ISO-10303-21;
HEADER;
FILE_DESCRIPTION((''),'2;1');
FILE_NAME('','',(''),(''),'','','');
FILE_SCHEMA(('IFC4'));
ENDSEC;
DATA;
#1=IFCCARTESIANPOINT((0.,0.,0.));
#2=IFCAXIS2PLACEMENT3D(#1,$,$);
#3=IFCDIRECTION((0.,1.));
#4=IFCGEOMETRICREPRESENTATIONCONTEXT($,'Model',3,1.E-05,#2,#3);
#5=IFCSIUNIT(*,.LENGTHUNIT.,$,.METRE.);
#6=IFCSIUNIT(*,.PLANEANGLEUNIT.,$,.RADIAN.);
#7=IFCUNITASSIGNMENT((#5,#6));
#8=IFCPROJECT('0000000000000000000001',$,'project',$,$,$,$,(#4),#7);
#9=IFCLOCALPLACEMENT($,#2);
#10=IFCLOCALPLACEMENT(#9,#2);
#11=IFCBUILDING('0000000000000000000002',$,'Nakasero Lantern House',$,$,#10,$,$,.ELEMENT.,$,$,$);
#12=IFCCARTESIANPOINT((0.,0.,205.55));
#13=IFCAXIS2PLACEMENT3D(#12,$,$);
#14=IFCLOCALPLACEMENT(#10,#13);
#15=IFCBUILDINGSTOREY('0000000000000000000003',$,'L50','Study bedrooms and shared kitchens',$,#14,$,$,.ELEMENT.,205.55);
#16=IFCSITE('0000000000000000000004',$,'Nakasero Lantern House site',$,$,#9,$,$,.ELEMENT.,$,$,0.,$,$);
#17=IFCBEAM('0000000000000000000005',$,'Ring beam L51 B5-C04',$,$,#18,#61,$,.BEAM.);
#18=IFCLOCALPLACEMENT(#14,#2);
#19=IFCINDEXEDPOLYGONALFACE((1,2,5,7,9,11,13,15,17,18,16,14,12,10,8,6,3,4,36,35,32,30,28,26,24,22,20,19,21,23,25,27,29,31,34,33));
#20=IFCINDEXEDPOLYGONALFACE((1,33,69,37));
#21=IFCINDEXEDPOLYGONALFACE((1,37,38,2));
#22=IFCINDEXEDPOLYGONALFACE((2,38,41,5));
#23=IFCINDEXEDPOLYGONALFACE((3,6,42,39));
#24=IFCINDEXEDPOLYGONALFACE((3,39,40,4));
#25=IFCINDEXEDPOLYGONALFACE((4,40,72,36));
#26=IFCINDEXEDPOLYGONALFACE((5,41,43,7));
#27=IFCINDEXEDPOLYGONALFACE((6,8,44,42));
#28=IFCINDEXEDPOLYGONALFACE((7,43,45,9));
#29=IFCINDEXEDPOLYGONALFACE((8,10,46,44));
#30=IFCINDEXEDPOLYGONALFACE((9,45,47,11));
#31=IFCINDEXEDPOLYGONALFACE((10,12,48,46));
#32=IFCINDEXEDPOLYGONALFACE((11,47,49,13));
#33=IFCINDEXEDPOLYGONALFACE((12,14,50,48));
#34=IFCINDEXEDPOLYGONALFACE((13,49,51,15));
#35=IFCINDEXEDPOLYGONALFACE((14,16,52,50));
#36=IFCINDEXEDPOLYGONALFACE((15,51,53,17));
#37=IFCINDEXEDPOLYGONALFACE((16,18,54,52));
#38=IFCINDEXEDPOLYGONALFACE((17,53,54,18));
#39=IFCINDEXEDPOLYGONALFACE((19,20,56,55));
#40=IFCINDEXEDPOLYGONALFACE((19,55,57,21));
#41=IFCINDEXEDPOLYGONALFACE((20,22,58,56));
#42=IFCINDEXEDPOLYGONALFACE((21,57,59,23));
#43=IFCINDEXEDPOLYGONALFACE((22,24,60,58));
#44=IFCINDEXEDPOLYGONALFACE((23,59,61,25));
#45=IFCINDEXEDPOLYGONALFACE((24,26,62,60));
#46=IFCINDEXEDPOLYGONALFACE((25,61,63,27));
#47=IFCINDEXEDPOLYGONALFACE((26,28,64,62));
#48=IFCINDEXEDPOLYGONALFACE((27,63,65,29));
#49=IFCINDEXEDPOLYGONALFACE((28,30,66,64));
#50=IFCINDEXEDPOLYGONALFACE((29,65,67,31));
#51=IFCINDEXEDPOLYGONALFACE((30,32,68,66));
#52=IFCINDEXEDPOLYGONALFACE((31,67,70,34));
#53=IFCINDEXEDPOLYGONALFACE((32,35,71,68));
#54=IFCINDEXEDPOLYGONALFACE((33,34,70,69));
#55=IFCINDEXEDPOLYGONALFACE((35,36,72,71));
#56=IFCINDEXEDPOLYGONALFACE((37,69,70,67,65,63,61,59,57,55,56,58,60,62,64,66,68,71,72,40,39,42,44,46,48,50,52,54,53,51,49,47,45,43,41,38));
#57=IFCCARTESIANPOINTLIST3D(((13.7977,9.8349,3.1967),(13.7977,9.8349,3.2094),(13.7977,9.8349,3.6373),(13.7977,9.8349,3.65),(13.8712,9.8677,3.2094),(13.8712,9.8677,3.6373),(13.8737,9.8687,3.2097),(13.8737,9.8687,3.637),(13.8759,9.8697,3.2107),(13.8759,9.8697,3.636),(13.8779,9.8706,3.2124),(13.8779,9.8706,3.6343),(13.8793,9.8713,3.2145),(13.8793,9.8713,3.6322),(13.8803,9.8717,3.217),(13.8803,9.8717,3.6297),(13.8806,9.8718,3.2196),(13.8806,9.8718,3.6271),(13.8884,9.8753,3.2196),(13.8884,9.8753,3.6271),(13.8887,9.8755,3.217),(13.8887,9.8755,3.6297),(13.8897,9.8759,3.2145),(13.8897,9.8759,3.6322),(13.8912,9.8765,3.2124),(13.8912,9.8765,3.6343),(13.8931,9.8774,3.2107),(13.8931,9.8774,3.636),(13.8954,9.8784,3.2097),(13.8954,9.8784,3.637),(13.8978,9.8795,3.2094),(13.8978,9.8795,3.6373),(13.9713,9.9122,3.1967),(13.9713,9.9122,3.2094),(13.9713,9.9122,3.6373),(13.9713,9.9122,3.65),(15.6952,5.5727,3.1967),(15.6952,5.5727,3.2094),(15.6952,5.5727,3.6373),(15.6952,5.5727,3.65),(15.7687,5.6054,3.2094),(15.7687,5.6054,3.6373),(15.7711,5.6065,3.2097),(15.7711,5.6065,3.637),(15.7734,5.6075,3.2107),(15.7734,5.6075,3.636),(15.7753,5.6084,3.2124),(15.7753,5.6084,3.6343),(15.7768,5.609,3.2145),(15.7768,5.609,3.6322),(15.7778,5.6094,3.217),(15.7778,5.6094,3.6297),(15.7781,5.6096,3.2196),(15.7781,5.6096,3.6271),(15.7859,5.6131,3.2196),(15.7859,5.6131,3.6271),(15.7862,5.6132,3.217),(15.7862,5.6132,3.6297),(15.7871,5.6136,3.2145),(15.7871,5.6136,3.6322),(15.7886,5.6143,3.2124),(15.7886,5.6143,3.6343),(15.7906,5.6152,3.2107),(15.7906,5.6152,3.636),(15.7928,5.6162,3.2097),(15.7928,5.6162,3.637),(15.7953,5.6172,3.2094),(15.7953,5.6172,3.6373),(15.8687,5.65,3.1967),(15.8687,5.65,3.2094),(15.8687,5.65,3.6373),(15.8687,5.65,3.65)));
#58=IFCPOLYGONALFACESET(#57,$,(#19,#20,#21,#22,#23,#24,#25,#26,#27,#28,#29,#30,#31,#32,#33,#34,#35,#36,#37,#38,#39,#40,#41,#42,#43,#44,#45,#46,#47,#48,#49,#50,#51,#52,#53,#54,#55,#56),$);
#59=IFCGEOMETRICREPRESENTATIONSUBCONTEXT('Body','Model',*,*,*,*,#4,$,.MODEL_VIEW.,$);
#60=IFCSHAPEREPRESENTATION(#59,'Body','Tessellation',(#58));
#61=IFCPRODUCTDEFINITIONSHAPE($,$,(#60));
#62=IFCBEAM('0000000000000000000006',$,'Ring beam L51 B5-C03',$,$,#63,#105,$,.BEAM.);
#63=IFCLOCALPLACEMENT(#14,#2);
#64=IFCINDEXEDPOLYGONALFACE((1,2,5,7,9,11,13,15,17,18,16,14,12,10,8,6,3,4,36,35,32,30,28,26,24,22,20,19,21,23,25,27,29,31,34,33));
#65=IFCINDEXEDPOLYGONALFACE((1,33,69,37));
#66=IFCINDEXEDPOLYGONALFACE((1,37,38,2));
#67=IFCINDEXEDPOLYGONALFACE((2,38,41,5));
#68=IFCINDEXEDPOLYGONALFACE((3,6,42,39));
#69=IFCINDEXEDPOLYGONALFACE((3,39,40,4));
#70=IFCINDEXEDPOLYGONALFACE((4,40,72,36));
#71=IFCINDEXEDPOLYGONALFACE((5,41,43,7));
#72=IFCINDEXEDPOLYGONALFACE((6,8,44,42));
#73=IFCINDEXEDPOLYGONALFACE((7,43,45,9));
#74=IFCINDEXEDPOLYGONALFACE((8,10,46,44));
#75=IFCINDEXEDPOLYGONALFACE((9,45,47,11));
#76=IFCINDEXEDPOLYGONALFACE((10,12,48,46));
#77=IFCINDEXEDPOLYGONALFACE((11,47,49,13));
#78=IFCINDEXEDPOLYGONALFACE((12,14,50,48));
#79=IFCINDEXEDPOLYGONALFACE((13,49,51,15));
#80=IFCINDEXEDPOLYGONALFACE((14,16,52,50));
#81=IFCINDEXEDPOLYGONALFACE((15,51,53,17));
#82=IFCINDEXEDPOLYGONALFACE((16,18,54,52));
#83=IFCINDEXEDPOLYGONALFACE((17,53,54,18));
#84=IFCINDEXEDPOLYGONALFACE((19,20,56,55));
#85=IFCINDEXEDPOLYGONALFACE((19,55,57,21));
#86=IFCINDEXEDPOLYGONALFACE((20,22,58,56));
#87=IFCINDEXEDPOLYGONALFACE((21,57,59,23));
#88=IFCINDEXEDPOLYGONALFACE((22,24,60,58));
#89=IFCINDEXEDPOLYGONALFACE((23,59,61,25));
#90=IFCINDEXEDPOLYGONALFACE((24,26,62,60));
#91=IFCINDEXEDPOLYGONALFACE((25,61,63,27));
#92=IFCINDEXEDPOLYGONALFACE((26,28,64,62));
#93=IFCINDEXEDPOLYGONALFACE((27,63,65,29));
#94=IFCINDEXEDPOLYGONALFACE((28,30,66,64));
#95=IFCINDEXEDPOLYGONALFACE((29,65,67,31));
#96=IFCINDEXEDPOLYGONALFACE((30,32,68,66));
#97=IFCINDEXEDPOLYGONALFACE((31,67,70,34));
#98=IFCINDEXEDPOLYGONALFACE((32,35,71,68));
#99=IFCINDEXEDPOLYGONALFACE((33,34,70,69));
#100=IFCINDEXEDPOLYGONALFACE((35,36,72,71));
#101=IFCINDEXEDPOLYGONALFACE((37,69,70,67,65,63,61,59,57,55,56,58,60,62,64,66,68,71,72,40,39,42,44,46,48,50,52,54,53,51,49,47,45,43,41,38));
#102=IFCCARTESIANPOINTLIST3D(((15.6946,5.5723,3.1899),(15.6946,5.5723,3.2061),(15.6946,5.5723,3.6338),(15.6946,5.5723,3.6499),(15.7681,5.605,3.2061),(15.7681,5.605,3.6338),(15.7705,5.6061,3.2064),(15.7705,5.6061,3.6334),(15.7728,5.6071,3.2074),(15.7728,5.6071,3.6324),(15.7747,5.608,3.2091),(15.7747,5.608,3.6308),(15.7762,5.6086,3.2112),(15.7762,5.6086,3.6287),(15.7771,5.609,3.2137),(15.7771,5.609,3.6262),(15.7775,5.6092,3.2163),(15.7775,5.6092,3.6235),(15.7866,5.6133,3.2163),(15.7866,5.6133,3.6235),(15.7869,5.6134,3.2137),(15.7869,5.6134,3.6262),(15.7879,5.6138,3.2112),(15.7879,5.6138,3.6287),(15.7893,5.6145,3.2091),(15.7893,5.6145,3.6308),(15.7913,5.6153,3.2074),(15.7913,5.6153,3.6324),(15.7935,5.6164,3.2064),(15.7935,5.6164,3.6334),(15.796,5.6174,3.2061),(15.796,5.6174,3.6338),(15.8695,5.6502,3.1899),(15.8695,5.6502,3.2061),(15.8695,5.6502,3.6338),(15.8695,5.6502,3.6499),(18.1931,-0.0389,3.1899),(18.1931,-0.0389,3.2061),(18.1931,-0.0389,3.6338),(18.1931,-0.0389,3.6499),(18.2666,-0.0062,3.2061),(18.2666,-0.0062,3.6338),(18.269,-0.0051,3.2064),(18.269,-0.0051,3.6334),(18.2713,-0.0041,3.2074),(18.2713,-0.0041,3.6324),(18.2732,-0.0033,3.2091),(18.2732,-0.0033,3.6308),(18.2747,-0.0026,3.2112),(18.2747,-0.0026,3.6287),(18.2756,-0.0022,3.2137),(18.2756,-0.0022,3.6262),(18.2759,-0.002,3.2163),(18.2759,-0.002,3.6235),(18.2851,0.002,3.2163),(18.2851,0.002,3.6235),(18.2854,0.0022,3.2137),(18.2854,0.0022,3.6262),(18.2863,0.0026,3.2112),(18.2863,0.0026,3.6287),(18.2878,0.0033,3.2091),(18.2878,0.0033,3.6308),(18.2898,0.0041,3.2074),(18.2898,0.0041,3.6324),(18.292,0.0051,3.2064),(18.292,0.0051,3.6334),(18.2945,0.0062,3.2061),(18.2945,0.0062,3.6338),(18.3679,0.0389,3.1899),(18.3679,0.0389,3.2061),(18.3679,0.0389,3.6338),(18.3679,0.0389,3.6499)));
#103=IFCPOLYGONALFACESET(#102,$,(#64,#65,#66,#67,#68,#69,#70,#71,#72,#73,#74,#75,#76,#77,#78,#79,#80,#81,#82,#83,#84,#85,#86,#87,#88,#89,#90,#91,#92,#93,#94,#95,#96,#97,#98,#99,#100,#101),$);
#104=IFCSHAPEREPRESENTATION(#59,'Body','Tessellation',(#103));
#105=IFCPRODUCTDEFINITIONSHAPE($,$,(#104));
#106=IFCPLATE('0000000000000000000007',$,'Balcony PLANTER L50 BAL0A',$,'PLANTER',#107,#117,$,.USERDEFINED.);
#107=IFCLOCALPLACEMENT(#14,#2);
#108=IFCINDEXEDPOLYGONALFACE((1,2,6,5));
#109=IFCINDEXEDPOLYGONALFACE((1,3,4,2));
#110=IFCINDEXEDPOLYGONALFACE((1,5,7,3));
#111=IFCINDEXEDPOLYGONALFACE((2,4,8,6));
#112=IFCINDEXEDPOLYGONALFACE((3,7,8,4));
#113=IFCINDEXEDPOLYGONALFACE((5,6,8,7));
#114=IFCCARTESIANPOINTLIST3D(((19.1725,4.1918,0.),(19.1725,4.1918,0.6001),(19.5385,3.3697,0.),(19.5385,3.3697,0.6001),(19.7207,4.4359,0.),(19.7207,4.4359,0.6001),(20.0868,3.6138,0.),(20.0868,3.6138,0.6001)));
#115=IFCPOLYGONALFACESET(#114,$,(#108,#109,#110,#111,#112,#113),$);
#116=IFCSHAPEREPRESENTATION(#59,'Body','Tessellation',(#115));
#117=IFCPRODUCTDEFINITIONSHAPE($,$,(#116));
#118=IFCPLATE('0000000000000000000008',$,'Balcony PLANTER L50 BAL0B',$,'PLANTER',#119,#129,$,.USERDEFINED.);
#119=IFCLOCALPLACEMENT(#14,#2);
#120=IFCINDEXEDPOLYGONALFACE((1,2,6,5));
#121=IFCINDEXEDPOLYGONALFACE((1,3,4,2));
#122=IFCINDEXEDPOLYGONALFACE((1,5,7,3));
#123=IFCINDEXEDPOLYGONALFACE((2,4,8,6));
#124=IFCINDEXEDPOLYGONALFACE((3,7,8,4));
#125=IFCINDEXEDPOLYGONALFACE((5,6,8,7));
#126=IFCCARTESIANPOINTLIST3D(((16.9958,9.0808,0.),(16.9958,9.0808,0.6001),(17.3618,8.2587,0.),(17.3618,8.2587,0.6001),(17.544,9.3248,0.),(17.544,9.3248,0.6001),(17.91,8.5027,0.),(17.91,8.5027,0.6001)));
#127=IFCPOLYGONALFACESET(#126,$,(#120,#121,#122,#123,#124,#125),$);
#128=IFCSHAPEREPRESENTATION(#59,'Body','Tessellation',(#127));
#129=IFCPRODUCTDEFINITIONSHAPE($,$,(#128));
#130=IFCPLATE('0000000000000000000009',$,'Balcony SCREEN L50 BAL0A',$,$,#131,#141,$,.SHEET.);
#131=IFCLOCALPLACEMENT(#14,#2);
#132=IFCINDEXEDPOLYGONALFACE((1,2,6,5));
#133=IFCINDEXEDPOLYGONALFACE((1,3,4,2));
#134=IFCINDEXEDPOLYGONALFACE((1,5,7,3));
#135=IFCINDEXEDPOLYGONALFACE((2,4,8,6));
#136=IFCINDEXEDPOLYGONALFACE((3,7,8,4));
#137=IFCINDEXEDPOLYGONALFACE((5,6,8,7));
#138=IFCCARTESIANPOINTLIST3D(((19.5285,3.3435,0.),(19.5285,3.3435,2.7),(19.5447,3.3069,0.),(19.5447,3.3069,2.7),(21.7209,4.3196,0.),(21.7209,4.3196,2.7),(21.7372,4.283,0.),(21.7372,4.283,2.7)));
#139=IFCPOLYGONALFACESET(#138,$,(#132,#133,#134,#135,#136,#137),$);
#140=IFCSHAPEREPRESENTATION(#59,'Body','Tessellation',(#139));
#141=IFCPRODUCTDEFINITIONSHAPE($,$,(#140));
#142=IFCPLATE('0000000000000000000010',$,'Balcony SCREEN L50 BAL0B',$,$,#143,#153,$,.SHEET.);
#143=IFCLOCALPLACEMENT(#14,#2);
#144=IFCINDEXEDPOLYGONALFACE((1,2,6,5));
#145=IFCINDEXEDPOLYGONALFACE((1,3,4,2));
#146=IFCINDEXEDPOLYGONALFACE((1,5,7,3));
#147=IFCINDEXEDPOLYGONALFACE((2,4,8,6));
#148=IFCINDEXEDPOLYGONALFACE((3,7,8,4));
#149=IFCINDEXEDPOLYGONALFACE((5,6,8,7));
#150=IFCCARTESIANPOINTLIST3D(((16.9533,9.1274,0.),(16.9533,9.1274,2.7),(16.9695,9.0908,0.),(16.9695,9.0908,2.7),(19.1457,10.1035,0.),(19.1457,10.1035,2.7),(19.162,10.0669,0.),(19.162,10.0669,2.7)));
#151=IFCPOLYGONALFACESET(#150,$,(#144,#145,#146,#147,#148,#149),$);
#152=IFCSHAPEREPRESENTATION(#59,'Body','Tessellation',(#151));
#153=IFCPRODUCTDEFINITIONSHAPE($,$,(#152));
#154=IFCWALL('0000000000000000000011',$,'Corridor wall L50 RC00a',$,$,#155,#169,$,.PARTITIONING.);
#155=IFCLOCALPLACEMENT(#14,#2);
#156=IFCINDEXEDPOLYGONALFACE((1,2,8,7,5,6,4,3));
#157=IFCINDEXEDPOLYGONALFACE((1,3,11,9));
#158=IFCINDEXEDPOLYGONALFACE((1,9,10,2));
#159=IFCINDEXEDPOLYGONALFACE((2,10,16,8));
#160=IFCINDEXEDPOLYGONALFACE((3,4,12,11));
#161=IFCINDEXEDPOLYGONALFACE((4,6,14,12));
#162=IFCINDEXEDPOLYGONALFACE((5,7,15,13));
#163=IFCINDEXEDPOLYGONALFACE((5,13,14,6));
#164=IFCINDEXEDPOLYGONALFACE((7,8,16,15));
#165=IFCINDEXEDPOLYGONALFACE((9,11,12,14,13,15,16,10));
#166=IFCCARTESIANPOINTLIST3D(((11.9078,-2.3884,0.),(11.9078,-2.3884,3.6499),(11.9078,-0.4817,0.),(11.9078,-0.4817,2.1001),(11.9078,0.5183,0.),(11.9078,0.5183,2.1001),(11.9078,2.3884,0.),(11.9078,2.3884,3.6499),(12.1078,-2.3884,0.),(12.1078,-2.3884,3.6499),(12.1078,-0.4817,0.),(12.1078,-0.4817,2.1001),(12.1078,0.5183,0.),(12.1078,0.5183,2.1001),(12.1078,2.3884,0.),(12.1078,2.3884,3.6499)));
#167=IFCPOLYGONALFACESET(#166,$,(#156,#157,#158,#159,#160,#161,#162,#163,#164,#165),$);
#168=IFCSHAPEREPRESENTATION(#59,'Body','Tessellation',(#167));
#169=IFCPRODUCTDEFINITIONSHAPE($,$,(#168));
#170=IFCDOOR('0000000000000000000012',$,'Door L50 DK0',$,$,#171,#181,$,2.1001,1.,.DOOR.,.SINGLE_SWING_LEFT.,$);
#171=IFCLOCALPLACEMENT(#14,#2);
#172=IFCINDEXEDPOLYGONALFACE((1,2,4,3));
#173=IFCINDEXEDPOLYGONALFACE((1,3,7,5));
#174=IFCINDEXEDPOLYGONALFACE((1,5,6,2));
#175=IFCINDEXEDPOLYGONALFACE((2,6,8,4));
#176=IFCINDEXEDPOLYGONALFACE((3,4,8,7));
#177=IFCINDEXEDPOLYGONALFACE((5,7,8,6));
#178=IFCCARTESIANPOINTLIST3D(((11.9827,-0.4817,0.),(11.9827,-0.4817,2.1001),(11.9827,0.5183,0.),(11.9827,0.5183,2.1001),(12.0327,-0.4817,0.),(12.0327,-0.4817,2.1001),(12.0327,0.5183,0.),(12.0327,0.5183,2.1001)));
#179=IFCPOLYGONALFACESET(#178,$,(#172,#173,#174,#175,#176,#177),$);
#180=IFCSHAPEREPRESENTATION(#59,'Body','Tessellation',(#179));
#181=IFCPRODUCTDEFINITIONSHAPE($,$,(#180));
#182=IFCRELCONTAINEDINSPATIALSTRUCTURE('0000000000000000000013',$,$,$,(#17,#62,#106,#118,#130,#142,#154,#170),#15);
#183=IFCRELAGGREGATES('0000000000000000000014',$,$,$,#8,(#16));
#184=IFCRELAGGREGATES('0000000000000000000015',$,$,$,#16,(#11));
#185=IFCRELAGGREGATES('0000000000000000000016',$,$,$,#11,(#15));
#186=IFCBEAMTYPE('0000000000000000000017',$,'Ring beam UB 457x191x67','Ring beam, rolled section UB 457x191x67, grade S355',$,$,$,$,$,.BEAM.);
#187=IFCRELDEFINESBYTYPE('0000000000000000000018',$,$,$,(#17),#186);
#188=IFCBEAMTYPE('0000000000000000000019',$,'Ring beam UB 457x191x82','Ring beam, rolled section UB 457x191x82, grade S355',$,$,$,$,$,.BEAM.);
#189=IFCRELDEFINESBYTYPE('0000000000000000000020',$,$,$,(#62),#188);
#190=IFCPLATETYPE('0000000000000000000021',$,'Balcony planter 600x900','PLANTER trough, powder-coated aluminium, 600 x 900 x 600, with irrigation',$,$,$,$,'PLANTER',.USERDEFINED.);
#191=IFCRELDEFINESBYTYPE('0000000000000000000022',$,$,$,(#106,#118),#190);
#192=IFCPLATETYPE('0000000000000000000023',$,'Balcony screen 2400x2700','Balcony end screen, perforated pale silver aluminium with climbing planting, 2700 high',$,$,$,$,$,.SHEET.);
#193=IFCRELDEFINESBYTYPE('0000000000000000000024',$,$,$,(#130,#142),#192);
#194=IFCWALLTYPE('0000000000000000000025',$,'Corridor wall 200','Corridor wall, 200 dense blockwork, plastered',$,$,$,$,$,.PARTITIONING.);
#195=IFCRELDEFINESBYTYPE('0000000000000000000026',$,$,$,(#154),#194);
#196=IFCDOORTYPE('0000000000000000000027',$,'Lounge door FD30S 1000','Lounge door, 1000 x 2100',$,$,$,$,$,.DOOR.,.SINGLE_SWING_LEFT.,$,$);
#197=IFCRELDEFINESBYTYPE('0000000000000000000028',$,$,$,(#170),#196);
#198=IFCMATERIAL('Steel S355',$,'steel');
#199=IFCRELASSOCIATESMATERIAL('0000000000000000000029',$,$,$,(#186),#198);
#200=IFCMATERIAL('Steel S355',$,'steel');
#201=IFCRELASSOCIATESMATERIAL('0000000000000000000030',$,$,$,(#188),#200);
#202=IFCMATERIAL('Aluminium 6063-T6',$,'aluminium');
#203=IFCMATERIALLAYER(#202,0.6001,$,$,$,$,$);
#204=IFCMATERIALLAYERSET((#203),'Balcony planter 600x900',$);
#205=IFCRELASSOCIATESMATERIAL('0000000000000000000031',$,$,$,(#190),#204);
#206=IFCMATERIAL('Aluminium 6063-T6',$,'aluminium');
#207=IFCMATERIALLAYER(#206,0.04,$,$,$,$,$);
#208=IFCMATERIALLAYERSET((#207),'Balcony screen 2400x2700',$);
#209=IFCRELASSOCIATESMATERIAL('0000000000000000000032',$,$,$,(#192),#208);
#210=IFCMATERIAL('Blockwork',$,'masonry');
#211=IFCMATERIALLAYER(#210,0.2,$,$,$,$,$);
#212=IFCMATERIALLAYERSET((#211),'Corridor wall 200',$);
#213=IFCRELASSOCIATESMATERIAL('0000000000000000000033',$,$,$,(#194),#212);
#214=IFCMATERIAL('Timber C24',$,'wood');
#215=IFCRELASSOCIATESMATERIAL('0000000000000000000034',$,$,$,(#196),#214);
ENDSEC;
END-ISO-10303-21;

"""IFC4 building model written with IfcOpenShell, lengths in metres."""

from ifc_helpers import new_model, si_unit, direction, frame, frame_2d, origin, origin_2d, place, context, subcontext, project, spatial, rectangle, i_section, extrude, material, layer, layer_set, material_profile, profile_set, type_object, element, fill, save


model = new_model("IFC4")

# Units and contexts
model_context = context("Model", 3, precision=1e-05, world=origin(), true_north=direction((0.0, 1.0)))
body_context = subcontext(model_context, "Body", "Model", "MODEL_VIEW")
ifc_project = project(units=[si_unit("LENGTHUNIT", "METRE"), si_unit("PLANEANGLEUNIT", "RADIAN")], contexts=[model_context])

# Site, building, storey
site_placement = place(None, origin())
site = spatial("IfcSite", under=ifc_project, at=site_placement, Name="Nakasero Lantern House site", CompositionType="ELEMENT", RefElevation=0.0)
building_placement = place(site_placement, origin())
building = spatial("IfcBuilding", under=site, at=building_placement, Name="Nakasero Lantern House", CompositionType="ELEMENT")
storey_placement = place(building_placement, frame((0.0, 0.0, 205.55)))
storey = spatial("IfcBuildingStorey", under=building, at=storey_placement, Name="L50", Description="Study bedrooms and shared kitchens", CompositionType="ELEMENT", Elevation=205.55)

# Beams
ifc_material_1 = material(Name="Steel S355", Category="steel")
ifc_material_profile_1 = material_profile(ifc_material_1, i_section(OverallWidth=0.1899, OverallDepth=0.4534, WebThickness=0.0085, FlangeThickness=0.0127, FilletRadius=0.0103, at=origin_2d()), Name="UB 457x191x67")
ifc_profile_set_1 = profile_set([ifc_material_profile_1], Name="Steel S355")
beam_type_1 = type_object("IfcBeamType", Name="Ring beam UB 457x191x67", Description="Ring beam, rolled section UB 457x191x67, grade S355", PredefinedType="BEAM", material=ifc_profile_set_1)
beam_1_placement = place(storey_placement, frame((15.782, 5.6113, 3.4233), z_axis=(-0.406702, 0.913561, 0.0), x_axis=(-0.913561, -0.406702, 0.0)))
element("IfcBeam", 1, at=beam_1_placement, inside=storey, type_object=beam_type_1, Name="Ring beam L51 B5-C04", PredefinedType="BEAM", context=body_context, shape_type="SweptSolid", body=[
    extrude(i_section(OverallWidth=0.1899, OverallDepth=0.4534, WebThickness=0.0085, FlangeThickness=0.0127, FilletRadius=0.0103, at=origin_2d()), origin(), (0.0, 0.0, 1.0), 4.6655),
])
ifc_material_2 = material(Name="Steel S355", Category="steel")
ifc_material_profile_2 = material_profile(ifc_material_2, i_section(OverallWidth=0.1914, OverallDepth=0.46, WebThickness=0.01, FlangeThickness=0.0161, FilletRadius=0.0103, at=origin_2d()), Name="UB 457x191x82")
ifc_profile_set_2 = profile_set([ifc_material_profile_2], Name="Steel S355")
beam_type_2 = type_object("IfcBeamType", Name="Ring beam UB 457x191x82", Description="Ring beam, rolled section UB 457x191x82, grade S355", PredefinedType="BEAM", material=ifc_profile_set_2)
beam_2_placement = place(storey_placement, frame((18.2805, 0.0, 3.4199), z_axis=(-0.406765, 0.913533, 0.0), x_axis=(-0.913533, -0.406765, 0.0)))
element("IfcBeam", 2, at=beam_2_placement, inside=storey, type_object=beam_type_2, Name="Ring beam L51 B5-C03", PredefinedType="BEAM", context=body_context, shape_type="SweptSolid", body=[
    extrude(i_section(OverallWidth=0.1914, OverallDepth=0.46, WebThickness=0.01, FlangeThickness=0.0161, FilletRadius=0.0103, at=origin_2d()), origin(), (0.0, 0.0, 1.0), 6.1423),
])

# Plates
ifc_material_3 = material(Name="Aluminium 6063-T6", Category="aluminium")
ifc_layer_1 = layer(ifc_material_3, 0.6001)
ifc_layer_set_1 = layer_set([ifc_layer_1], Name="Balcony planter 600x900")
plate_type_1 = type_object("IfcPlateType", Name="Balcony planter 600x900", Description="PLANTER trough, powder-coated aluminium, 600 x 900 x 600, with irrigation", ElementType="PLANTER", PredefinedType="USERDEFINED", material=ifc_layer_set_1)
for number, where, z_axis, x_axis, name in (
    (3, (19.6296, 3.9028, 0.0), (0.0, 0.0, 1.0), (0.913545, 0.406737, 0.0), "Balcony PLANTER L50 BAL0A"),
    (4, (17.4529, 8.7917, 0.0), (0.0, 0.0, 1.0), (0.913545, 0.406737, 0.0), "Balcony PLANTER L50 BAL0B"),
):
    element("IfcPlate", number, at=place(storey_placement, frame(where, z_axis=z_axis, x_axis=x_axis)), inside=storey, type_object=plate_type_1, Name=name, ObjectType="PLANTER", PredefinedType="USERDEFINED", context=body_context, shape_type="SweptSolid", body=[
        extrude(rectangle(XDim=0.6001, YDim=0.8999, at=origin_2d()), origin(), (0.0, 0.0, 1.0), 0.6001),
    ])
ifc_material_4 = material(Name="Aluminium 6063-T6", Category="aluminium")
ifc_layer_2 = layer(ifc_material_4, 0.04)
ifc_layer_set_2 = layer_set([ifc_layer_2], Name="Balcony screen 2400x2700")
plate_type_2 = type_object("IfcPlateType", Name="Balcony screen 2400x2700", Description="Balcony end screen, perforated pale silver aluminium with climbing planting, 2700 high", PredefinedType="SHEET", material=ifc_layer_set_2)
for number, where, z_axis, x_axis, name in (
    (5, (20.6328, 3.8132, 0.0), (0.0, 0.0, 1.0), (0.913545, 0.406737, 0.0), "Balcony SCREEN L50 BAL0A"),
    (6, (18.0576, 9.5972, 0.0), (0.0, 0.0, 1.0), (0.913545, 0.406737, 0.0), "Balcony SCREEN L50 BAL0B"),
):
    element("IfcPlate", number, at=place(storey_placement, frame(where, z_axis=z_axis, x_axis=x_axis)), inside=storey, type_object=plate_type_2, Name=name, PredefinedType="SHEET", context=body_context, shape_type="SweptSolid", body=[
        extrude(rectangle(XDim=2.3999, YDim=0.04, at=origin_2d()), origin(), (0.0, 0.0, 1.0), 2.7),
    ])

# Wall, opening, door
ifc_material_5 = material(Name="Blockwork", Category="masonry")
ifc_layer_3 = layer(ifc_material_5, 0.2)
ifc_layer_set_3 = layer_set([ifc_layer_3], Name="Corridor wall 200")
wall_type_1 = type_object("IfcWallType", Name="Corridor wall 200", Description="Corridor wall, 200 dense blockwork, plastered", PredefinedType="PARTITIONING", material=ifc_layer_set_3)
wall_1_placement = place(storey_placement, frame((12.0078, 2.3884, 0.0), z_axis=(0.0, 0.0, 1.0), x_axis=(0.0, -1.0, 0.0)))
wall_1 = element("IfcWall", 7, at=wall_1_placement, inside=storey, type_object=wall_type_1, Name="Corridor wall L50 RC00a", PredefinedType="PARTITIONING", context=body_context, shape_type="SweptSolid", body=[
    extrude(rectangle(XDim=4.7769, YDim=0.2, at=frame_2d((2.3884, 0.0))), origin(), (0.0, 0.0, 1.0), 3.6499),
])
opening_1_placement = place(wall_1_placement, frame((1.8701, 0.0, 0.0)))
opening_1 = element("IfcOpeningElement", 8, at=opening_1_placement, cuts=wall_1, PredefinedType="OPENING", context=body_context, shape_type="SweptSolid", body=[
    extrude(rectangle(XDim=1.0, YDim=2.1001, at=frame_2d((0.5, 1.05))), frame((0.0, 0.1199, 0.0), z_axis=(0.0, -1.0, 0.0), x_axis=(1.0, 0.0, 0.0)), (0.0, 0.0, 1.0), 0.24),
])
ifc_material_6 = material(Name="Timber C24", Category="wood")
door_type_1 = type_object("IfcDoorType", Name="Lounge door FD30S 1000", Description="Lounge door, 1000 x 2100", OperationType="SINGLE_SWING_LEFT", PredefinedType="DOOR", material=ifc_material_6)
door_1_placement = place(opening_1_placement, origin())
door_1 = element("IfcDoor", 9, at=door_1_placement, inside=storey, type_object=door_type_1, Name="Door L50 DK0", OperationType="SINGLE_SWING_LEFT", OverallHeight=2.1001, OverallWidth=1.0, PredefinedType="DOOR", context=body_context, shape_type="SweptSolid", body=[
    extrude(rectangle(XDim=1.0, YDim=2.1001, at=frame_2d((0.5, 1.05))), frame((0.0, 0.0249, 0.0), z_axis=(0.0, -1.0, 0.0), x_axis=(1.0, 0.0, 0.0)), (0.0, 0.0, 1.0), 0.05),
])
fill(opening_1, door_1)

save(model, "model.ifc")
